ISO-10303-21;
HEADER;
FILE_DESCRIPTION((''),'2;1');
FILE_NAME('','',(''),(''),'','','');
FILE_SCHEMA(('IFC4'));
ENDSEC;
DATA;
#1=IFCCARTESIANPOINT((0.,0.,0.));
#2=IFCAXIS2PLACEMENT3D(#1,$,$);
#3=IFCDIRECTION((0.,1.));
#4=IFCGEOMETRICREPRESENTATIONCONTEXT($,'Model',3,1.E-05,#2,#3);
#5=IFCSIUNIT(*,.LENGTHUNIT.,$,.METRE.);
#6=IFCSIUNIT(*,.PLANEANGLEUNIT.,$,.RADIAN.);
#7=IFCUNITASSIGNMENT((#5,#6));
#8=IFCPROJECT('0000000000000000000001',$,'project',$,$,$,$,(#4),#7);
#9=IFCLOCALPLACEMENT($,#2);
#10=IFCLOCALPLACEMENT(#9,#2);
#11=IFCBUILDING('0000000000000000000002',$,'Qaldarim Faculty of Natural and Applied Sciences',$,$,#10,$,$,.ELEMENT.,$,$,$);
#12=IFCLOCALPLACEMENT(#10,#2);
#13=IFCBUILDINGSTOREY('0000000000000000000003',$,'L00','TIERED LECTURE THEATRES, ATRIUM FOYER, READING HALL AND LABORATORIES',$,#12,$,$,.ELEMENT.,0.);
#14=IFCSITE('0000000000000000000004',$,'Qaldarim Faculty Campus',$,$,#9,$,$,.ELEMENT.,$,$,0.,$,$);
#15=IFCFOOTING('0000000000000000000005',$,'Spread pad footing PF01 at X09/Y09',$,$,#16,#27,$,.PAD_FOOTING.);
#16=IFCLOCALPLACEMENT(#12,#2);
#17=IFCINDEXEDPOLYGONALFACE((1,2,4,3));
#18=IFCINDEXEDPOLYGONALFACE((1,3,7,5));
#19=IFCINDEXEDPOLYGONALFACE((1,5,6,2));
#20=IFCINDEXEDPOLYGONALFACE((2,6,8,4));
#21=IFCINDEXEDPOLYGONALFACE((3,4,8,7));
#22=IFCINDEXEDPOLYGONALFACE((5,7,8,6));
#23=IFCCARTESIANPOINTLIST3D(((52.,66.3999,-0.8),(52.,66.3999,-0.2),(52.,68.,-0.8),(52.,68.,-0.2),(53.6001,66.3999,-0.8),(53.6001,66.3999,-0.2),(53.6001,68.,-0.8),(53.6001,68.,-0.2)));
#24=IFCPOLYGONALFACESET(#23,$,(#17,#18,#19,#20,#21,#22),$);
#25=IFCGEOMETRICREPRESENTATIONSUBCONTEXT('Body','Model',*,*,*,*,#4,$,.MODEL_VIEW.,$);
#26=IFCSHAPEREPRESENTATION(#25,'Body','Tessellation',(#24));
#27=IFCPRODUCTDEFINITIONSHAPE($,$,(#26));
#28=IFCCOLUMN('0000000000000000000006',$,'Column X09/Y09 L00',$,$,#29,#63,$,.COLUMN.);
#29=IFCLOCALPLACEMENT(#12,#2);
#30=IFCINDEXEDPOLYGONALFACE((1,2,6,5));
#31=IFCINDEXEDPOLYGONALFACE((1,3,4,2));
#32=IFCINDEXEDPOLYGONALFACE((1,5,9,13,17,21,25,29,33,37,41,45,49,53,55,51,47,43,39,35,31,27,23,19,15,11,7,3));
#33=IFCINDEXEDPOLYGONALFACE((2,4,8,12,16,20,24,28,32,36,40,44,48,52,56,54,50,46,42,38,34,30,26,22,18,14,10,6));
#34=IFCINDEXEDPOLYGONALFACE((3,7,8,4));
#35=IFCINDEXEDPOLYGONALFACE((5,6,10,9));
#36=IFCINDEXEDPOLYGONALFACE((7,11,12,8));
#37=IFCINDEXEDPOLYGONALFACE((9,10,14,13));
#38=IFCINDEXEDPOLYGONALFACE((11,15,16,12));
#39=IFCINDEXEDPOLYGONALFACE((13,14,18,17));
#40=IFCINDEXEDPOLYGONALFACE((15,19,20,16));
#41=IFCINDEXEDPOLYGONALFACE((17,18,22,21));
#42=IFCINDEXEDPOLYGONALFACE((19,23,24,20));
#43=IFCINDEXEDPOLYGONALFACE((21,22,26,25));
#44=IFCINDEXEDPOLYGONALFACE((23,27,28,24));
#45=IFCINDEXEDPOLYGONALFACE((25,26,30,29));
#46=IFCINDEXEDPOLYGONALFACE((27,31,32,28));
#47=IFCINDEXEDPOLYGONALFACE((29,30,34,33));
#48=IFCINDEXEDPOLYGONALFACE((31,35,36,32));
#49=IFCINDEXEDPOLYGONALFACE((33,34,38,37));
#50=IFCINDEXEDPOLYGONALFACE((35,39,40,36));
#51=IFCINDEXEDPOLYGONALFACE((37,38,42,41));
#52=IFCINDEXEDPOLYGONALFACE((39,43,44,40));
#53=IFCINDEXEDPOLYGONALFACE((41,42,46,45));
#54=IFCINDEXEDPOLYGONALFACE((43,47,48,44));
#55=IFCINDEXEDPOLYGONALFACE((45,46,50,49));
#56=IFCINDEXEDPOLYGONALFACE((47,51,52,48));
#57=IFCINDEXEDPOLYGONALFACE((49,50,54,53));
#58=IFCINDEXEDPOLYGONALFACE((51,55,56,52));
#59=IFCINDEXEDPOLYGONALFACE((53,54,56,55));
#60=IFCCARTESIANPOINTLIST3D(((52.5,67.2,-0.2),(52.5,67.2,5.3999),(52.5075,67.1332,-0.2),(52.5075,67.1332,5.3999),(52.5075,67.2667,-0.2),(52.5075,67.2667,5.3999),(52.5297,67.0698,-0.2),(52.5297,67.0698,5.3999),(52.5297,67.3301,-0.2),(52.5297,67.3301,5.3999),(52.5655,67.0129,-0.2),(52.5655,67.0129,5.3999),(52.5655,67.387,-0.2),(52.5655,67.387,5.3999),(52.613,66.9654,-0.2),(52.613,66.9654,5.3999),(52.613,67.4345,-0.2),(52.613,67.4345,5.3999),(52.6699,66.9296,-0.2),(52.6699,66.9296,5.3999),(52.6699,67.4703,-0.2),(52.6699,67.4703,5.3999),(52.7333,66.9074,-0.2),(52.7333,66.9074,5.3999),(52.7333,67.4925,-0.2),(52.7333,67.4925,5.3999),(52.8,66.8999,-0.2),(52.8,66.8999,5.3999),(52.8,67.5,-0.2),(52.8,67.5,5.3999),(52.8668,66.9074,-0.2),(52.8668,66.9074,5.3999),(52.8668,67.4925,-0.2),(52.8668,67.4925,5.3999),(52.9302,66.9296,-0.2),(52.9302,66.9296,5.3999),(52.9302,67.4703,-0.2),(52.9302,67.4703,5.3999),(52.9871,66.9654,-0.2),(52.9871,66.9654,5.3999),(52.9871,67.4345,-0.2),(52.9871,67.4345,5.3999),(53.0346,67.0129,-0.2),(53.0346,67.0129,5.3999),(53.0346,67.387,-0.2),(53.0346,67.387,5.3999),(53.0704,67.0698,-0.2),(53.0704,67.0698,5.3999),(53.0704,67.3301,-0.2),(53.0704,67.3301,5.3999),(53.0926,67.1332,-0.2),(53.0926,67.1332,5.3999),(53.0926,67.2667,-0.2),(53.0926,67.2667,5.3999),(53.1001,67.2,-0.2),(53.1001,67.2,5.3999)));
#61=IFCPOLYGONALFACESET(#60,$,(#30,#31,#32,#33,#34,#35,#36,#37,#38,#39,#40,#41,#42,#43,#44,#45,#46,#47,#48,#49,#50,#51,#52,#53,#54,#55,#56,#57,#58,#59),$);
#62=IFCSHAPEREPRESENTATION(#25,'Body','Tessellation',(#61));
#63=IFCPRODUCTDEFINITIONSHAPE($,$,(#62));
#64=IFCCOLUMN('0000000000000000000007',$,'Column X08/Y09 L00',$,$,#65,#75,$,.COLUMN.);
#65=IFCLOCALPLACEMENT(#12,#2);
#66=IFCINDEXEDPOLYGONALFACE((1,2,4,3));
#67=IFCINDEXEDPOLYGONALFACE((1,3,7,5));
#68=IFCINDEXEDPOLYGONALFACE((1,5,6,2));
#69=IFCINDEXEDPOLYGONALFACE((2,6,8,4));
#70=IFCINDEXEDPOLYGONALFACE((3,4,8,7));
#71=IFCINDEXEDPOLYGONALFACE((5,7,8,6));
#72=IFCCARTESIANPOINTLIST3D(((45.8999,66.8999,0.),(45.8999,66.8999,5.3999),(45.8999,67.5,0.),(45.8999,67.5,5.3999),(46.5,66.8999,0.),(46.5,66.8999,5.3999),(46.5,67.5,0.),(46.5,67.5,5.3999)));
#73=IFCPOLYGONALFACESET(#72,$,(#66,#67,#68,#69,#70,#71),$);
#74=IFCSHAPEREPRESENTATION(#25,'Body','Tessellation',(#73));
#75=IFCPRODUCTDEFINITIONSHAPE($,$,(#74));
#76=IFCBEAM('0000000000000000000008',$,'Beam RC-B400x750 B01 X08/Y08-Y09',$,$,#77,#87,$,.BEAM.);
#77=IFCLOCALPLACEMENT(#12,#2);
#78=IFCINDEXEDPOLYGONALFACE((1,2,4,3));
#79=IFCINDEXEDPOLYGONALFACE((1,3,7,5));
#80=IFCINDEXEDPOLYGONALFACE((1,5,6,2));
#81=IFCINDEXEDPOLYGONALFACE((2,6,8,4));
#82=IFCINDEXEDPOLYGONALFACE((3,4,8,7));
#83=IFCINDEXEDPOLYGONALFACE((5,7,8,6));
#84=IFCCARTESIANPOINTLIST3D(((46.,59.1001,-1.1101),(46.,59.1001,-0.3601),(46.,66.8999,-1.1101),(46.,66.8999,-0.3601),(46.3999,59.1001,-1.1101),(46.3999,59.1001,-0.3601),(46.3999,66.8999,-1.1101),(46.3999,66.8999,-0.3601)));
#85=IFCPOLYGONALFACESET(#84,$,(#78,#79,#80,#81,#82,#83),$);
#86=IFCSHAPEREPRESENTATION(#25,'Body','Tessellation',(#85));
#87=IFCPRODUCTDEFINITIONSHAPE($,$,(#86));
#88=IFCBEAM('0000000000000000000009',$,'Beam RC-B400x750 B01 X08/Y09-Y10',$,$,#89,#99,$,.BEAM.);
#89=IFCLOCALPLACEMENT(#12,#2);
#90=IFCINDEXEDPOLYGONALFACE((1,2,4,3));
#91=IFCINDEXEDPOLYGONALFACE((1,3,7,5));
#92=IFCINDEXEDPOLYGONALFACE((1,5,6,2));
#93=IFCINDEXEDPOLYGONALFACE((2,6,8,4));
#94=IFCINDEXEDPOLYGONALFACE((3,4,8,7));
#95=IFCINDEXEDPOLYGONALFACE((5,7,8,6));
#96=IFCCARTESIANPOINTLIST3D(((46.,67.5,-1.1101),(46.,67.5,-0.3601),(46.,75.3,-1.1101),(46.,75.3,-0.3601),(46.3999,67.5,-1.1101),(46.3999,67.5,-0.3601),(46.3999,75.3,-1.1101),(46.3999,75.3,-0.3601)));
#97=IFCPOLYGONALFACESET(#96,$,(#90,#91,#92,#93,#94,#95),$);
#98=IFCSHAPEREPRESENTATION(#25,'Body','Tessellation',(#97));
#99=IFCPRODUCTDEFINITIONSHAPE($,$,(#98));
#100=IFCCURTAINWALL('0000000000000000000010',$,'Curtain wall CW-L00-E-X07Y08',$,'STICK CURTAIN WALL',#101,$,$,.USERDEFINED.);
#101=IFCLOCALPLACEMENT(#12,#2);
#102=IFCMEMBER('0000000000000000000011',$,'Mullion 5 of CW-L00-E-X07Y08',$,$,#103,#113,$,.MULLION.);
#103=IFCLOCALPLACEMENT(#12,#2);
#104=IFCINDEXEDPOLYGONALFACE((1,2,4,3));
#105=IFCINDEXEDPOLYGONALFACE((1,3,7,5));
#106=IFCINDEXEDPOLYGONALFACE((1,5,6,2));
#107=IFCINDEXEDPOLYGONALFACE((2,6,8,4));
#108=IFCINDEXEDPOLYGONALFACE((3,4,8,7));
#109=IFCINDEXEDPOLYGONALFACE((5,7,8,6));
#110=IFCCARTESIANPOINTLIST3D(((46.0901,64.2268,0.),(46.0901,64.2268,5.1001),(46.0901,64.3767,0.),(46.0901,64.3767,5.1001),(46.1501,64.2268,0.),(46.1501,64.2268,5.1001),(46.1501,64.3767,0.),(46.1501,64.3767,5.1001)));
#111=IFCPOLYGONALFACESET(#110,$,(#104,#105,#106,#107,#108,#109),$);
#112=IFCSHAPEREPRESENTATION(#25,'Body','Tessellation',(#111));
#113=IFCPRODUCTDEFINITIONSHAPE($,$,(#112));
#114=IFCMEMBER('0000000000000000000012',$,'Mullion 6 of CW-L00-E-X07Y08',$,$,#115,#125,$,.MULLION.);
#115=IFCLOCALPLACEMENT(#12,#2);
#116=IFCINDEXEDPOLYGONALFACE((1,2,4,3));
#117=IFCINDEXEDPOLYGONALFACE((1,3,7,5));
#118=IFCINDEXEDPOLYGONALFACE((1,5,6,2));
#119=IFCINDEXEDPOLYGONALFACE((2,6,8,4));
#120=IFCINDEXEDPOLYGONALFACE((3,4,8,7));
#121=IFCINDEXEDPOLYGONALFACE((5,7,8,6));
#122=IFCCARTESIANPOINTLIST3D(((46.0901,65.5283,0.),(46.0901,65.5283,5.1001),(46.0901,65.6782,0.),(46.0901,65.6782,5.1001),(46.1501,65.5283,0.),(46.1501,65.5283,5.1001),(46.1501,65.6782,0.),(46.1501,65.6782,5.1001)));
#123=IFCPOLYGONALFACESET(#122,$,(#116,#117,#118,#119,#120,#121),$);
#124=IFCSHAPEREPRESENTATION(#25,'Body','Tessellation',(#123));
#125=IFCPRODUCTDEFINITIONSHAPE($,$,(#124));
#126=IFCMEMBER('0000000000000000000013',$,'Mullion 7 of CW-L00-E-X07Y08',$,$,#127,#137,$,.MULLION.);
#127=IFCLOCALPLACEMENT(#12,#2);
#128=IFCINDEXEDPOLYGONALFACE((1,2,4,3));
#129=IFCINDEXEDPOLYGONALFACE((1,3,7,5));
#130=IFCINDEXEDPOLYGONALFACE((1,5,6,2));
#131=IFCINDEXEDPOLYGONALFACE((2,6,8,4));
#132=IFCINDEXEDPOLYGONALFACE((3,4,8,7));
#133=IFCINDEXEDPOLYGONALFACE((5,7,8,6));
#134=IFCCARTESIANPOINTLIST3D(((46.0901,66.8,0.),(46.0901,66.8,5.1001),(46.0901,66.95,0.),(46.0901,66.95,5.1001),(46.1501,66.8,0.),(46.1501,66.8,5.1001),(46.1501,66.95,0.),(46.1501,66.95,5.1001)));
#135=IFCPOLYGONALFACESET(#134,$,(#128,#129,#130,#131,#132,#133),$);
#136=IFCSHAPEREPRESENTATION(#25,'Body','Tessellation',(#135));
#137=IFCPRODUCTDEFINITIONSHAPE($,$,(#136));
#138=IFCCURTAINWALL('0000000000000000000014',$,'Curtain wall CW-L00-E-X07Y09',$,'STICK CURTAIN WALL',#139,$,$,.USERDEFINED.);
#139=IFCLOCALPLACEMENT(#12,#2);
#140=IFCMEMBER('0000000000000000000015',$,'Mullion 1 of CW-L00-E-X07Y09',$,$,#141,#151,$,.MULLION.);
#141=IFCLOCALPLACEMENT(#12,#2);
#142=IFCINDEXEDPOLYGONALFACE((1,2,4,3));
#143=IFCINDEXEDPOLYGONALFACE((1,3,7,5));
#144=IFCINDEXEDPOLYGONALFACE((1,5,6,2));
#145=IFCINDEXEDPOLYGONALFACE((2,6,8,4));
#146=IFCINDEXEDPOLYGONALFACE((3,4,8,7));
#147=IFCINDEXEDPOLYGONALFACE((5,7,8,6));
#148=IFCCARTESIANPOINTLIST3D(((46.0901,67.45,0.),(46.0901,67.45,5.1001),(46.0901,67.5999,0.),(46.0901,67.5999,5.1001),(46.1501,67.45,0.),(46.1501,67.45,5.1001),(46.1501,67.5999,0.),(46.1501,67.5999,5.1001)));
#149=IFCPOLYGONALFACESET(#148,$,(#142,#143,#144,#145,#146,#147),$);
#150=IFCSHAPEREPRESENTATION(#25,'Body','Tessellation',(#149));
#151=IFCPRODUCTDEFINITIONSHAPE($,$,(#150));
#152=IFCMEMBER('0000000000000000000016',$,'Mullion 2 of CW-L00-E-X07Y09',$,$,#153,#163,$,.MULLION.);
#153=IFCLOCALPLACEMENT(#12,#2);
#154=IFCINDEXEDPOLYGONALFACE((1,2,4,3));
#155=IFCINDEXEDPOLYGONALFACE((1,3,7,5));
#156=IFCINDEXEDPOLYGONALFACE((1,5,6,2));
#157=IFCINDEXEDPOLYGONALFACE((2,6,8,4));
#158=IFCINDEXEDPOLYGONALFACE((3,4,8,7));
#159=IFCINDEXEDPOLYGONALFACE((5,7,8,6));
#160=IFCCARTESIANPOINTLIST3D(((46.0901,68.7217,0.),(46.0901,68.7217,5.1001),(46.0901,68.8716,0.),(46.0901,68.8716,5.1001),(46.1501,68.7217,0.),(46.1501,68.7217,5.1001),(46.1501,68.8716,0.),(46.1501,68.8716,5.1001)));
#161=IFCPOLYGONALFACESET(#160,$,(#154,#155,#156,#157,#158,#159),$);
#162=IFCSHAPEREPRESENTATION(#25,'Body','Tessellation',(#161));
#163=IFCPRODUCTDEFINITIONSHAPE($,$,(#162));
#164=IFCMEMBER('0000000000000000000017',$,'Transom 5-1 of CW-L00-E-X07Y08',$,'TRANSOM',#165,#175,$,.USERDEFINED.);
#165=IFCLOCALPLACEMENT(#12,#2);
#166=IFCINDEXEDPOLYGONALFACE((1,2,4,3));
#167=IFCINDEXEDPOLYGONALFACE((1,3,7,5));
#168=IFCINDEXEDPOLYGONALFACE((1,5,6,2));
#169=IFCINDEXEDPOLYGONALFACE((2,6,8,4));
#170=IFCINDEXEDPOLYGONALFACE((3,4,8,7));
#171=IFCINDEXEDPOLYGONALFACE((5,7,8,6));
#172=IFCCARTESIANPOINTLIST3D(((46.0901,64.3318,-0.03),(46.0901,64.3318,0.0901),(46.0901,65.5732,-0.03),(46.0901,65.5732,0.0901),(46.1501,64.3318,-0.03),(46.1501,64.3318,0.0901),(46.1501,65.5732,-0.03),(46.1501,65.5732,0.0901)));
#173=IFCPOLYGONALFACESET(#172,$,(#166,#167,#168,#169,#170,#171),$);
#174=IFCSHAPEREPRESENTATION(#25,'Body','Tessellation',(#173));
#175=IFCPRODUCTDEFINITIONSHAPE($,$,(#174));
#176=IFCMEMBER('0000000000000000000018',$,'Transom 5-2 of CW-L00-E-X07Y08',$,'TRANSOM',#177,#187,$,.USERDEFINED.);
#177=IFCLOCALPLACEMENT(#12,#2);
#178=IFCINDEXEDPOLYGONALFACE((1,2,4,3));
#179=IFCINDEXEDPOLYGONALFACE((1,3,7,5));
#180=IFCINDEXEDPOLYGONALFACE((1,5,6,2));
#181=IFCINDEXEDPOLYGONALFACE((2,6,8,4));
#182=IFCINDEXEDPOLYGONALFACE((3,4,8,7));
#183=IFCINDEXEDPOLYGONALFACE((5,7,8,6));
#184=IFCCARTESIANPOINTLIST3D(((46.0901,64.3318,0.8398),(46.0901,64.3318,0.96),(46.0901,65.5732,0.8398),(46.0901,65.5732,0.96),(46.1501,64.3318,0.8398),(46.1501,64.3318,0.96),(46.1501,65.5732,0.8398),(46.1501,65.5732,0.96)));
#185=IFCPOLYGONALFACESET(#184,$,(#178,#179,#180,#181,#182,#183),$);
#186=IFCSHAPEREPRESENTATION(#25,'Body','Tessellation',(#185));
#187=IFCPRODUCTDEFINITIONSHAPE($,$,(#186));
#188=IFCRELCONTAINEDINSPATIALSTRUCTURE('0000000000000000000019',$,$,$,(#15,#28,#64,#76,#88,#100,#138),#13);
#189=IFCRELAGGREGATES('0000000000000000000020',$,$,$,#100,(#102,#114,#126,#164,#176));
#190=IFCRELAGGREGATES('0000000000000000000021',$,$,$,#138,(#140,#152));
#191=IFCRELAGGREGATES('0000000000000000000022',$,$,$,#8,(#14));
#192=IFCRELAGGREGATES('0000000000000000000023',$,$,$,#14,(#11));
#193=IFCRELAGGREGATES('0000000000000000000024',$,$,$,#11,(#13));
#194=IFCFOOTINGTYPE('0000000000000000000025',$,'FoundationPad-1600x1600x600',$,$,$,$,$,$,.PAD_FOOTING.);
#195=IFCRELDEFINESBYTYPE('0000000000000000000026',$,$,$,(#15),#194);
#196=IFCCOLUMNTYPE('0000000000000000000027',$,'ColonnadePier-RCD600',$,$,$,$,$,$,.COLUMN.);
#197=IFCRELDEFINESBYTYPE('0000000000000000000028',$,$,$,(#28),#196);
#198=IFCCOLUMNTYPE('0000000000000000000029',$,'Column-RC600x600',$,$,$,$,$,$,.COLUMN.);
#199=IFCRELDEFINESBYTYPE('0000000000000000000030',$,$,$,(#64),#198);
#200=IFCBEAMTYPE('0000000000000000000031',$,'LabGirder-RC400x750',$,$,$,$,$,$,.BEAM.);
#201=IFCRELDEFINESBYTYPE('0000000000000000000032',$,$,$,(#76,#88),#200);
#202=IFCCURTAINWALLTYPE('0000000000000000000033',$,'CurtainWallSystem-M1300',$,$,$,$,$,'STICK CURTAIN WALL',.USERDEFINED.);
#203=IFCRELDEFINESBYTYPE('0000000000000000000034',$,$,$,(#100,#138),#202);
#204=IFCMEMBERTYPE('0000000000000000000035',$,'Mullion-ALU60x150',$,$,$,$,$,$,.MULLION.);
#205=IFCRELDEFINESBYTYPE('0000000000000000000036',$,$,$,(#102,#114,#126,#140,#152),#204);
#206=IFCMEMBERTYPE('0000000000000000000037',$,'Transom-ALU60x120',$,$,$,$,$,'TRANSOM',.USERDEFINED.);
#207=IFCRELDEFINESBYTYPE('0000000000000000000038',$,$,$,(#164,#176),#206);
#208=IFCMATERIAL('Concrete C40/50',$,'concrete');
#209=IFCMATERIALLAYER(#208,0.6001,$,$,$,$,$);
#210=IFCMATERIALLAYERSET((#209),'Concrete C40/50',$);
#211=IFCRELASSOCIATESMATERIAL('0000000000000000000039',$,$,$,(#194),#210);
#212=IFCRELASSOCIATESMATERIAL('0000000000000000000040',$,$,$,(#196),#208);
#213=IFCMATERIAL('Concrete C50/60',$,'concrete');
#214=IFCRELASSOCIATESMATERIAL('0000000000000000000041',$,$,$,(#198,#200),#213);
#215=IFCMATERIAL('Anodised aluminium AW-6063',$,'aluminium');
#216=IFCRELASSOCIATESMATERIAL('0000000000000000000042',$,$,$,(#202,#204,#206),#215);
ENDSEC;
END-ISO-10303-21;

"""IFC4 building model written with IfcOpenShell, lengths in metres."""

from ifc_helpers import new_model, si_unit, direction, frame, origin, origin_2d, place, context, subcontext, project, spatial, rectangle, circle, extrude, material, layer, layer_set, material_profile, profile_set, type_object, element, aggregate, save


model = new_model("IFC4")

# Units and contexts
model_context = context("Model", 3, precision=1e-05, world=origin(), true_north=direction((0.0, 1.0)))
body_context = subcontext(model_context, "Body", "Model", "MODEL_VIEW")
ifc_project = project(units=[si_unit("LENGTHUNIT", "METRE"), si_unit("PLANEANGLEUNIT", "RADIAN")], contexts=[model_context])

# Site, building, storey
site_placement = place(None, origin())
site = spatial("IfcSite", under=ifc_project, at=site_placement, Name="Qaldarim Faculty Campus", CompositionType="ELEMENT", RefElevation=0.0)
building_placement = place(site_placement, origin())
building = spatial("IfcBuilding", under=site, at=building_placement, Name="Qaldarim Faculty of Natural and Applied Sciences", CompositionType="ELEMENT")
storey_placement = place(building_placement, origin())
storey = spatial("IfcBuildingStorey", under=building, at=storey_placement, Name="L00", Description="TIERED LECTURE THEATRES, ATRIUM FOYER, READING HALL AND LABORATORIES", CompositionType="ELEMENT", Elevation=0.0)

# Footing
ifc_material_1 = material(Name="Concrete C40/50", Category="concrete")
ifc_layer_1 = layer(ifc_material_1, 0.6001)
ifc_layer_set_1 = layer_set([ifc_layer_1], Name="Concrete C40/50")
footing_type = type_object("IfcFootingType", Name="FoundationPad-1600x1600x600", PredefinedType="PAD_FOOTING", material=ifc_layer_set_1)
footing_placement = place(storey_placement, frame((52.8, 67.2, -0.8), z_axis=(0.0, 0.0, 1.0), x_axis=(1.0, 0.0, 0.0)))
element("IfcFooting", 1, at=footing_placement, inside=storey, type_object=footing_type, Name="Spread pad footing PF01 at X09/Y09", PredefinedType="PAD_FOOTING", context=body_context, shape_type="SweptSolid", body=[
    extrude(rectangle(XDim=1.6001, YDim=1.6001, at=origin_2d()), origin(), (0.0, 0.0, 1.0), 0.6001),
])

# Columns
ifc_material_profile_1 = material_profile(ifc_material_1, circle(Radius=0.3, at=origin_2d()), Name="RC-D600")
ifc_profile_set_1 = profile_set([ifc_material_profile_1], Name="Concrete C40/50")
column_type_1 = type_object("IfcColumnType", Name="ColonnadePier-RCD600", PredefinedType="COLUMN", material=ifc_profile_set_1)
column_1_placement = place(storey_placement, frame((52.8, 67.2, -0.2), z_axis=(0.0, 0.0, 1.0), x_axis=(1.0, 0.0, 0.0)))
element("IfcColumn", 2, at=column_1_placement, inside=storey, type_object=column_type_1, Name="Column X09/Y09 L00", PredefinedType="COLUMN", context=body_context, shape_type="SweptSolid", body=[
    extrude(circle(Radius=0.3, at=origin_2d()), origin(), (0.0, 0.0, 1.0), 5.5999),
])
ifc_material_2 = material(Name="Concrete C50/60", Category="concrete")
ifc_material_profile_2 = material_profile(ifc_material_2, rectangle(XDim=0.6001, YDim=0.6001, at=origin_2d()), Name="RC-C600x600")
ifc_profile_set_2 = profile_set([ifc_material_profile_2], Name="Concrete C50/60")
column_type_2 = type_object("IfcColumnType", Name="Column-RC600x600", PredefinedType="COLUMN", material=ifc_profile_set_2)
column_2_placement = place(storey_placement, frame((46.2, 67.2, 0.0), z_axis=(0.0, 0.0, 1.0), x_axis=(1.0, 0.0, 0.0)))
element("IfcColumn", 3, at=column_2_placement, inside=storey, type_object=column_type_2, Name="Column X08/Y09 L00", PredefinedType="COLUMN", context=body_context, shape_type="SweptSolid", body=[
    extrude(rectangle(XDim=0.6001, YDim=0.6001, at=origin_2d()), origin(), (0.0, 0.0, 1.0), 5.3999),
])

# Beams
ifc_material_profile_3 = material_profile(ifc_material_2, rectangle(XDim=0.3999, YDim=0.75, at=origin_2d()), Name="RC-B400x750")
ifc_profile_set_3 = profile_set([ifc_material_profile_3], Name="Concrete C50/60")
beam_type = type_object("IfcBeamType", Name="LabGirder-RC400x750", PredefinedType="BEAM", material=ifc_profile_set_3)
beam_1_placement = place(storey_placement, frame((46.2, 59.1001, -0.7351), z_axis=(0.0, 1.0, 0.0), x_axis=(-1.0, 0.0, 0.0)))
element("IfcBeam", 4, at=beam_1_placement, inside=storey, type_object=beam_type, Name="Beam RC-B400x750 B01 X08/Y08-Y09", PredefinedType="BEAM", context=body_context, shape_type="SweptSolid", body=[
    extrude(rectangle(XDim=0.3999, YDim=0.75, at=origin_2d()), origin(), (0.0, 0.0, 1.0), 7.7998),
])
beam_2_placement = place(storey_placement, frame((46.2, 67.5, -0.7351), z_axis=(0.0, 1.0, 0.0), x_axis=(-1.0, 0.0, 0.0)))
element("IfcBeam", 5, at=beam_2_placement, inside=storey, type_object=beam_type, Name="Beam RC-B400x750 B01 X08/Y09-Y10", PredefinedType="BEAM", context=body_context, shape_type="SweptSolid", body=[
    extrude(rectangle(XDim=0.3999, YDim=0.75, at=origin_2d()), origin(), (0.0, 0.0, 1.0), 7.8),
])

# Curtain walls, members
ifc_material_3 = material(Name="Anodised aluminium AW-6063", Category="aluminium")
curtain_wall_type = type_object("IfcCurtainWallType", Name="CurtainWallSystem-M1300", ElementType="STICK CURTAIN WALL", PredefinedType="USERDEFINED", material=ifc_material_3)
curtain_wall_1_placement = place(storey_placement, origin())
curtain_wall_1 = element("IfcCurtainWall", 6, at=curtain_wall_1_placement, inside=storey, type_object=curtain_wall_type, Name="Curtain wall CW-L00-E-X07Y08", ObjectType="STICK CURTAIN WALL", PredefinedType="USERDEFINED")
ifc_material_profile_4 = material_profile(ifc_material_3, rectangle(XDim=0.0601, YDim=0.1499, at=origin_2d()), Name="ALU-M60x150")
ifc_profile_set_4 = profile_set([ifc_material_profile_4], Name="Anodised aluminium AW-6063")
member_type_1 = type_object("IfcMemberType", Name="Mullion-ALU60x150", PredefinedType="MULLION", material=ifc_profile_set_4)
member_1_placement = place(storey_placement, frame((46.1201, 64.3018, 0.0), z_axis=(0.0, 0.0, 1.0), x_axis=(-1.0, 0.0, 0.0)))
member_1 = element("IfcMember", 7, at=member_1_placement, type_object=member_type_1, Name="Mullion 5 of CW-L00-E-X07Y08", PredefinedType="MULLION", context=body_context, shape_type="SweptSolid", body=[
    extrude(rectangle(XDim=0.0601, YDim=0.1499, at=origin_2d()), origin(), (0.0, 0.0, 1.0), 5.1001),
])
member_2_placement = place(storey_placement, frame((46.1201, 65.6033, 0.0), z_axis=(0.0, 0.0, 1.0), x_axis=(-1.0, 0.0, 0.0)))
member_2 = element("IfcMember", 8, at=member_2_placement, type_object=member_type_1, Name="Mullion 6 of CW-L00-E-X07Y08", PredefinedType="MULLION", context=body_context, shape_type="SweptSolid", body=[
    extrude(rectangle(XDim=0.0601, YDim=0.1499, at=origin_2d()), origin(), (0.0, 0.0, 1.0), 5.1001),
])
member_3_placement = place(storey_placement, frame((46.1201, 66.875, 0.0), z_axis=(0.0, 0.0, 1.0), x_axis=(-1.0, 0.0, 0.0)))
member_3 = element("IfcMember", 9, at=member_3_placement, type_object=member_type_1, Name="Mullion 7 of CW-L00-E-X07Y08", PredefinedType="MULLION", context=body_context, shape_type="SweptSolid", body=[
    extrude(rectangle(XDim=0.0601, YDim=0.1499, at=origin_2d()), origin(), (0.0, 0.0, 1.0), 5.1001),
])
curtain_wall_2_placement = place(storey_placement, origin())
curtain_wall_2 = element("IfcCurtainWall", 10, at=curtain_wall_2_placement, inside=storey, type_object=curtain_wall_type, Name="Curtain wall CW-L00-E-X07Y09", ObjectType="STICK CURTAIN WALL", PredefinedType="USERDEFINED")
member_4_placement = place(storey_placement, frame((46.1201, 67.5249, 0.0), z_axis=(0.0, 0.0, 1.0), x_axis=(-1.0, 0.0, 0.0)))
member_4 = element("IfcMember", 11, at=member_4_placement, type_object=member_type_1, Name="Mullion 1 of CW-L00-E-X07Y09", PredefinedType="MULLION", context=body_context, shape_type="SweptSolid", body=[
    extrude(rectangle(XDim=0.0601, YDim=0.1499, at=origin_2d()), origin(), (0.0, 0.0, 1.0), 5.1001),
])
member_5_placement = place(storey_placement, frame((46.1201, 68.7966, 0.0), z_axis=(0.0, 0.0, 1.0), x_axis=(-1.0, 0.0, 0.0)))
member_5 = element("IfcMember", 12, at=member_5_placement, type_object=member_type_1, Name="Mullion 2 of CW-L00-E-X07Y09", PredefinedType="MULLION", context=body_context, shape_type="SweptSolid", body=[
    extrude(rectangle(XDim=0.0601, YDim=0.1499, at=origin_2d()), origin(), (0.0, 0.0, 1.0), 5.1001),
])

# Members
ifc_material_profile_5 = material_profile(ifc_material_3, rectangle(XDim=0.0601, YDim=0.1201, at=origin_2d()), Name="ALU-T60x120")
ifc_profile_set_5 = profile_set([ifc_material_profile_5], Name="Anodised aluminium AW-6063")
member_type_2 = type_object("IfcMemberType", Name="Transom-ALU60x120", ElementType="TRANSOM", PredefinedType="USERDEFINED", material=ifc_profile_set_5)
member_6_placement = place(storey_placement, frame((46.1201, 64.3318, 0.03), z_axis=(0.0, 1.0, 0.0), x_axis=(-1.0, 0.0, 0.0)))
member_6 = element("IfcMember", 13, at=member_6_placement, type_object=member_type_2, Name="Transom 5-1 of CW-L00-E-X07Y08", ObjectType="TRANSOM", PredefinedType="USERDEFINED", context=body_context, shape_type="SweptSolid", body=[
    extrude(rectangle(XDim=0.0601, YDim=0.1201, at=origin_2d()), origin(), (0.0, 0.0, 1.0), 1.2415),
])
member_7_placement = place(storey_placement, frame((46.1201, 64.3318, 0.8999), z_axis=(0.0, 1.0, 0.0), x_axis=(-1.0, 0.0, 0.0)))
member_7 = element("IfcMember", 14, at=member_7_placement, type_object=member_type_2, Name="Transom 5-2 of CW-L00-E-X07Y08", ObjectType="TRANSOM", PredefinedType="USERDEFINED", context=body_context, shape_type="SweptSolid", body=[
    extrude(rectangle(XDim=0.0601, YDim=0.1201, at=origin_2d()), origin(), (0.0, 0.0, 1.0), 1.2415),
])

aggregate(curtain_wall_1, [member_1, member_2, member_3, member_6, member_7])
aggregate(curtain_wall_2, [member_4, member_5])

save(model, "model.ifc")
